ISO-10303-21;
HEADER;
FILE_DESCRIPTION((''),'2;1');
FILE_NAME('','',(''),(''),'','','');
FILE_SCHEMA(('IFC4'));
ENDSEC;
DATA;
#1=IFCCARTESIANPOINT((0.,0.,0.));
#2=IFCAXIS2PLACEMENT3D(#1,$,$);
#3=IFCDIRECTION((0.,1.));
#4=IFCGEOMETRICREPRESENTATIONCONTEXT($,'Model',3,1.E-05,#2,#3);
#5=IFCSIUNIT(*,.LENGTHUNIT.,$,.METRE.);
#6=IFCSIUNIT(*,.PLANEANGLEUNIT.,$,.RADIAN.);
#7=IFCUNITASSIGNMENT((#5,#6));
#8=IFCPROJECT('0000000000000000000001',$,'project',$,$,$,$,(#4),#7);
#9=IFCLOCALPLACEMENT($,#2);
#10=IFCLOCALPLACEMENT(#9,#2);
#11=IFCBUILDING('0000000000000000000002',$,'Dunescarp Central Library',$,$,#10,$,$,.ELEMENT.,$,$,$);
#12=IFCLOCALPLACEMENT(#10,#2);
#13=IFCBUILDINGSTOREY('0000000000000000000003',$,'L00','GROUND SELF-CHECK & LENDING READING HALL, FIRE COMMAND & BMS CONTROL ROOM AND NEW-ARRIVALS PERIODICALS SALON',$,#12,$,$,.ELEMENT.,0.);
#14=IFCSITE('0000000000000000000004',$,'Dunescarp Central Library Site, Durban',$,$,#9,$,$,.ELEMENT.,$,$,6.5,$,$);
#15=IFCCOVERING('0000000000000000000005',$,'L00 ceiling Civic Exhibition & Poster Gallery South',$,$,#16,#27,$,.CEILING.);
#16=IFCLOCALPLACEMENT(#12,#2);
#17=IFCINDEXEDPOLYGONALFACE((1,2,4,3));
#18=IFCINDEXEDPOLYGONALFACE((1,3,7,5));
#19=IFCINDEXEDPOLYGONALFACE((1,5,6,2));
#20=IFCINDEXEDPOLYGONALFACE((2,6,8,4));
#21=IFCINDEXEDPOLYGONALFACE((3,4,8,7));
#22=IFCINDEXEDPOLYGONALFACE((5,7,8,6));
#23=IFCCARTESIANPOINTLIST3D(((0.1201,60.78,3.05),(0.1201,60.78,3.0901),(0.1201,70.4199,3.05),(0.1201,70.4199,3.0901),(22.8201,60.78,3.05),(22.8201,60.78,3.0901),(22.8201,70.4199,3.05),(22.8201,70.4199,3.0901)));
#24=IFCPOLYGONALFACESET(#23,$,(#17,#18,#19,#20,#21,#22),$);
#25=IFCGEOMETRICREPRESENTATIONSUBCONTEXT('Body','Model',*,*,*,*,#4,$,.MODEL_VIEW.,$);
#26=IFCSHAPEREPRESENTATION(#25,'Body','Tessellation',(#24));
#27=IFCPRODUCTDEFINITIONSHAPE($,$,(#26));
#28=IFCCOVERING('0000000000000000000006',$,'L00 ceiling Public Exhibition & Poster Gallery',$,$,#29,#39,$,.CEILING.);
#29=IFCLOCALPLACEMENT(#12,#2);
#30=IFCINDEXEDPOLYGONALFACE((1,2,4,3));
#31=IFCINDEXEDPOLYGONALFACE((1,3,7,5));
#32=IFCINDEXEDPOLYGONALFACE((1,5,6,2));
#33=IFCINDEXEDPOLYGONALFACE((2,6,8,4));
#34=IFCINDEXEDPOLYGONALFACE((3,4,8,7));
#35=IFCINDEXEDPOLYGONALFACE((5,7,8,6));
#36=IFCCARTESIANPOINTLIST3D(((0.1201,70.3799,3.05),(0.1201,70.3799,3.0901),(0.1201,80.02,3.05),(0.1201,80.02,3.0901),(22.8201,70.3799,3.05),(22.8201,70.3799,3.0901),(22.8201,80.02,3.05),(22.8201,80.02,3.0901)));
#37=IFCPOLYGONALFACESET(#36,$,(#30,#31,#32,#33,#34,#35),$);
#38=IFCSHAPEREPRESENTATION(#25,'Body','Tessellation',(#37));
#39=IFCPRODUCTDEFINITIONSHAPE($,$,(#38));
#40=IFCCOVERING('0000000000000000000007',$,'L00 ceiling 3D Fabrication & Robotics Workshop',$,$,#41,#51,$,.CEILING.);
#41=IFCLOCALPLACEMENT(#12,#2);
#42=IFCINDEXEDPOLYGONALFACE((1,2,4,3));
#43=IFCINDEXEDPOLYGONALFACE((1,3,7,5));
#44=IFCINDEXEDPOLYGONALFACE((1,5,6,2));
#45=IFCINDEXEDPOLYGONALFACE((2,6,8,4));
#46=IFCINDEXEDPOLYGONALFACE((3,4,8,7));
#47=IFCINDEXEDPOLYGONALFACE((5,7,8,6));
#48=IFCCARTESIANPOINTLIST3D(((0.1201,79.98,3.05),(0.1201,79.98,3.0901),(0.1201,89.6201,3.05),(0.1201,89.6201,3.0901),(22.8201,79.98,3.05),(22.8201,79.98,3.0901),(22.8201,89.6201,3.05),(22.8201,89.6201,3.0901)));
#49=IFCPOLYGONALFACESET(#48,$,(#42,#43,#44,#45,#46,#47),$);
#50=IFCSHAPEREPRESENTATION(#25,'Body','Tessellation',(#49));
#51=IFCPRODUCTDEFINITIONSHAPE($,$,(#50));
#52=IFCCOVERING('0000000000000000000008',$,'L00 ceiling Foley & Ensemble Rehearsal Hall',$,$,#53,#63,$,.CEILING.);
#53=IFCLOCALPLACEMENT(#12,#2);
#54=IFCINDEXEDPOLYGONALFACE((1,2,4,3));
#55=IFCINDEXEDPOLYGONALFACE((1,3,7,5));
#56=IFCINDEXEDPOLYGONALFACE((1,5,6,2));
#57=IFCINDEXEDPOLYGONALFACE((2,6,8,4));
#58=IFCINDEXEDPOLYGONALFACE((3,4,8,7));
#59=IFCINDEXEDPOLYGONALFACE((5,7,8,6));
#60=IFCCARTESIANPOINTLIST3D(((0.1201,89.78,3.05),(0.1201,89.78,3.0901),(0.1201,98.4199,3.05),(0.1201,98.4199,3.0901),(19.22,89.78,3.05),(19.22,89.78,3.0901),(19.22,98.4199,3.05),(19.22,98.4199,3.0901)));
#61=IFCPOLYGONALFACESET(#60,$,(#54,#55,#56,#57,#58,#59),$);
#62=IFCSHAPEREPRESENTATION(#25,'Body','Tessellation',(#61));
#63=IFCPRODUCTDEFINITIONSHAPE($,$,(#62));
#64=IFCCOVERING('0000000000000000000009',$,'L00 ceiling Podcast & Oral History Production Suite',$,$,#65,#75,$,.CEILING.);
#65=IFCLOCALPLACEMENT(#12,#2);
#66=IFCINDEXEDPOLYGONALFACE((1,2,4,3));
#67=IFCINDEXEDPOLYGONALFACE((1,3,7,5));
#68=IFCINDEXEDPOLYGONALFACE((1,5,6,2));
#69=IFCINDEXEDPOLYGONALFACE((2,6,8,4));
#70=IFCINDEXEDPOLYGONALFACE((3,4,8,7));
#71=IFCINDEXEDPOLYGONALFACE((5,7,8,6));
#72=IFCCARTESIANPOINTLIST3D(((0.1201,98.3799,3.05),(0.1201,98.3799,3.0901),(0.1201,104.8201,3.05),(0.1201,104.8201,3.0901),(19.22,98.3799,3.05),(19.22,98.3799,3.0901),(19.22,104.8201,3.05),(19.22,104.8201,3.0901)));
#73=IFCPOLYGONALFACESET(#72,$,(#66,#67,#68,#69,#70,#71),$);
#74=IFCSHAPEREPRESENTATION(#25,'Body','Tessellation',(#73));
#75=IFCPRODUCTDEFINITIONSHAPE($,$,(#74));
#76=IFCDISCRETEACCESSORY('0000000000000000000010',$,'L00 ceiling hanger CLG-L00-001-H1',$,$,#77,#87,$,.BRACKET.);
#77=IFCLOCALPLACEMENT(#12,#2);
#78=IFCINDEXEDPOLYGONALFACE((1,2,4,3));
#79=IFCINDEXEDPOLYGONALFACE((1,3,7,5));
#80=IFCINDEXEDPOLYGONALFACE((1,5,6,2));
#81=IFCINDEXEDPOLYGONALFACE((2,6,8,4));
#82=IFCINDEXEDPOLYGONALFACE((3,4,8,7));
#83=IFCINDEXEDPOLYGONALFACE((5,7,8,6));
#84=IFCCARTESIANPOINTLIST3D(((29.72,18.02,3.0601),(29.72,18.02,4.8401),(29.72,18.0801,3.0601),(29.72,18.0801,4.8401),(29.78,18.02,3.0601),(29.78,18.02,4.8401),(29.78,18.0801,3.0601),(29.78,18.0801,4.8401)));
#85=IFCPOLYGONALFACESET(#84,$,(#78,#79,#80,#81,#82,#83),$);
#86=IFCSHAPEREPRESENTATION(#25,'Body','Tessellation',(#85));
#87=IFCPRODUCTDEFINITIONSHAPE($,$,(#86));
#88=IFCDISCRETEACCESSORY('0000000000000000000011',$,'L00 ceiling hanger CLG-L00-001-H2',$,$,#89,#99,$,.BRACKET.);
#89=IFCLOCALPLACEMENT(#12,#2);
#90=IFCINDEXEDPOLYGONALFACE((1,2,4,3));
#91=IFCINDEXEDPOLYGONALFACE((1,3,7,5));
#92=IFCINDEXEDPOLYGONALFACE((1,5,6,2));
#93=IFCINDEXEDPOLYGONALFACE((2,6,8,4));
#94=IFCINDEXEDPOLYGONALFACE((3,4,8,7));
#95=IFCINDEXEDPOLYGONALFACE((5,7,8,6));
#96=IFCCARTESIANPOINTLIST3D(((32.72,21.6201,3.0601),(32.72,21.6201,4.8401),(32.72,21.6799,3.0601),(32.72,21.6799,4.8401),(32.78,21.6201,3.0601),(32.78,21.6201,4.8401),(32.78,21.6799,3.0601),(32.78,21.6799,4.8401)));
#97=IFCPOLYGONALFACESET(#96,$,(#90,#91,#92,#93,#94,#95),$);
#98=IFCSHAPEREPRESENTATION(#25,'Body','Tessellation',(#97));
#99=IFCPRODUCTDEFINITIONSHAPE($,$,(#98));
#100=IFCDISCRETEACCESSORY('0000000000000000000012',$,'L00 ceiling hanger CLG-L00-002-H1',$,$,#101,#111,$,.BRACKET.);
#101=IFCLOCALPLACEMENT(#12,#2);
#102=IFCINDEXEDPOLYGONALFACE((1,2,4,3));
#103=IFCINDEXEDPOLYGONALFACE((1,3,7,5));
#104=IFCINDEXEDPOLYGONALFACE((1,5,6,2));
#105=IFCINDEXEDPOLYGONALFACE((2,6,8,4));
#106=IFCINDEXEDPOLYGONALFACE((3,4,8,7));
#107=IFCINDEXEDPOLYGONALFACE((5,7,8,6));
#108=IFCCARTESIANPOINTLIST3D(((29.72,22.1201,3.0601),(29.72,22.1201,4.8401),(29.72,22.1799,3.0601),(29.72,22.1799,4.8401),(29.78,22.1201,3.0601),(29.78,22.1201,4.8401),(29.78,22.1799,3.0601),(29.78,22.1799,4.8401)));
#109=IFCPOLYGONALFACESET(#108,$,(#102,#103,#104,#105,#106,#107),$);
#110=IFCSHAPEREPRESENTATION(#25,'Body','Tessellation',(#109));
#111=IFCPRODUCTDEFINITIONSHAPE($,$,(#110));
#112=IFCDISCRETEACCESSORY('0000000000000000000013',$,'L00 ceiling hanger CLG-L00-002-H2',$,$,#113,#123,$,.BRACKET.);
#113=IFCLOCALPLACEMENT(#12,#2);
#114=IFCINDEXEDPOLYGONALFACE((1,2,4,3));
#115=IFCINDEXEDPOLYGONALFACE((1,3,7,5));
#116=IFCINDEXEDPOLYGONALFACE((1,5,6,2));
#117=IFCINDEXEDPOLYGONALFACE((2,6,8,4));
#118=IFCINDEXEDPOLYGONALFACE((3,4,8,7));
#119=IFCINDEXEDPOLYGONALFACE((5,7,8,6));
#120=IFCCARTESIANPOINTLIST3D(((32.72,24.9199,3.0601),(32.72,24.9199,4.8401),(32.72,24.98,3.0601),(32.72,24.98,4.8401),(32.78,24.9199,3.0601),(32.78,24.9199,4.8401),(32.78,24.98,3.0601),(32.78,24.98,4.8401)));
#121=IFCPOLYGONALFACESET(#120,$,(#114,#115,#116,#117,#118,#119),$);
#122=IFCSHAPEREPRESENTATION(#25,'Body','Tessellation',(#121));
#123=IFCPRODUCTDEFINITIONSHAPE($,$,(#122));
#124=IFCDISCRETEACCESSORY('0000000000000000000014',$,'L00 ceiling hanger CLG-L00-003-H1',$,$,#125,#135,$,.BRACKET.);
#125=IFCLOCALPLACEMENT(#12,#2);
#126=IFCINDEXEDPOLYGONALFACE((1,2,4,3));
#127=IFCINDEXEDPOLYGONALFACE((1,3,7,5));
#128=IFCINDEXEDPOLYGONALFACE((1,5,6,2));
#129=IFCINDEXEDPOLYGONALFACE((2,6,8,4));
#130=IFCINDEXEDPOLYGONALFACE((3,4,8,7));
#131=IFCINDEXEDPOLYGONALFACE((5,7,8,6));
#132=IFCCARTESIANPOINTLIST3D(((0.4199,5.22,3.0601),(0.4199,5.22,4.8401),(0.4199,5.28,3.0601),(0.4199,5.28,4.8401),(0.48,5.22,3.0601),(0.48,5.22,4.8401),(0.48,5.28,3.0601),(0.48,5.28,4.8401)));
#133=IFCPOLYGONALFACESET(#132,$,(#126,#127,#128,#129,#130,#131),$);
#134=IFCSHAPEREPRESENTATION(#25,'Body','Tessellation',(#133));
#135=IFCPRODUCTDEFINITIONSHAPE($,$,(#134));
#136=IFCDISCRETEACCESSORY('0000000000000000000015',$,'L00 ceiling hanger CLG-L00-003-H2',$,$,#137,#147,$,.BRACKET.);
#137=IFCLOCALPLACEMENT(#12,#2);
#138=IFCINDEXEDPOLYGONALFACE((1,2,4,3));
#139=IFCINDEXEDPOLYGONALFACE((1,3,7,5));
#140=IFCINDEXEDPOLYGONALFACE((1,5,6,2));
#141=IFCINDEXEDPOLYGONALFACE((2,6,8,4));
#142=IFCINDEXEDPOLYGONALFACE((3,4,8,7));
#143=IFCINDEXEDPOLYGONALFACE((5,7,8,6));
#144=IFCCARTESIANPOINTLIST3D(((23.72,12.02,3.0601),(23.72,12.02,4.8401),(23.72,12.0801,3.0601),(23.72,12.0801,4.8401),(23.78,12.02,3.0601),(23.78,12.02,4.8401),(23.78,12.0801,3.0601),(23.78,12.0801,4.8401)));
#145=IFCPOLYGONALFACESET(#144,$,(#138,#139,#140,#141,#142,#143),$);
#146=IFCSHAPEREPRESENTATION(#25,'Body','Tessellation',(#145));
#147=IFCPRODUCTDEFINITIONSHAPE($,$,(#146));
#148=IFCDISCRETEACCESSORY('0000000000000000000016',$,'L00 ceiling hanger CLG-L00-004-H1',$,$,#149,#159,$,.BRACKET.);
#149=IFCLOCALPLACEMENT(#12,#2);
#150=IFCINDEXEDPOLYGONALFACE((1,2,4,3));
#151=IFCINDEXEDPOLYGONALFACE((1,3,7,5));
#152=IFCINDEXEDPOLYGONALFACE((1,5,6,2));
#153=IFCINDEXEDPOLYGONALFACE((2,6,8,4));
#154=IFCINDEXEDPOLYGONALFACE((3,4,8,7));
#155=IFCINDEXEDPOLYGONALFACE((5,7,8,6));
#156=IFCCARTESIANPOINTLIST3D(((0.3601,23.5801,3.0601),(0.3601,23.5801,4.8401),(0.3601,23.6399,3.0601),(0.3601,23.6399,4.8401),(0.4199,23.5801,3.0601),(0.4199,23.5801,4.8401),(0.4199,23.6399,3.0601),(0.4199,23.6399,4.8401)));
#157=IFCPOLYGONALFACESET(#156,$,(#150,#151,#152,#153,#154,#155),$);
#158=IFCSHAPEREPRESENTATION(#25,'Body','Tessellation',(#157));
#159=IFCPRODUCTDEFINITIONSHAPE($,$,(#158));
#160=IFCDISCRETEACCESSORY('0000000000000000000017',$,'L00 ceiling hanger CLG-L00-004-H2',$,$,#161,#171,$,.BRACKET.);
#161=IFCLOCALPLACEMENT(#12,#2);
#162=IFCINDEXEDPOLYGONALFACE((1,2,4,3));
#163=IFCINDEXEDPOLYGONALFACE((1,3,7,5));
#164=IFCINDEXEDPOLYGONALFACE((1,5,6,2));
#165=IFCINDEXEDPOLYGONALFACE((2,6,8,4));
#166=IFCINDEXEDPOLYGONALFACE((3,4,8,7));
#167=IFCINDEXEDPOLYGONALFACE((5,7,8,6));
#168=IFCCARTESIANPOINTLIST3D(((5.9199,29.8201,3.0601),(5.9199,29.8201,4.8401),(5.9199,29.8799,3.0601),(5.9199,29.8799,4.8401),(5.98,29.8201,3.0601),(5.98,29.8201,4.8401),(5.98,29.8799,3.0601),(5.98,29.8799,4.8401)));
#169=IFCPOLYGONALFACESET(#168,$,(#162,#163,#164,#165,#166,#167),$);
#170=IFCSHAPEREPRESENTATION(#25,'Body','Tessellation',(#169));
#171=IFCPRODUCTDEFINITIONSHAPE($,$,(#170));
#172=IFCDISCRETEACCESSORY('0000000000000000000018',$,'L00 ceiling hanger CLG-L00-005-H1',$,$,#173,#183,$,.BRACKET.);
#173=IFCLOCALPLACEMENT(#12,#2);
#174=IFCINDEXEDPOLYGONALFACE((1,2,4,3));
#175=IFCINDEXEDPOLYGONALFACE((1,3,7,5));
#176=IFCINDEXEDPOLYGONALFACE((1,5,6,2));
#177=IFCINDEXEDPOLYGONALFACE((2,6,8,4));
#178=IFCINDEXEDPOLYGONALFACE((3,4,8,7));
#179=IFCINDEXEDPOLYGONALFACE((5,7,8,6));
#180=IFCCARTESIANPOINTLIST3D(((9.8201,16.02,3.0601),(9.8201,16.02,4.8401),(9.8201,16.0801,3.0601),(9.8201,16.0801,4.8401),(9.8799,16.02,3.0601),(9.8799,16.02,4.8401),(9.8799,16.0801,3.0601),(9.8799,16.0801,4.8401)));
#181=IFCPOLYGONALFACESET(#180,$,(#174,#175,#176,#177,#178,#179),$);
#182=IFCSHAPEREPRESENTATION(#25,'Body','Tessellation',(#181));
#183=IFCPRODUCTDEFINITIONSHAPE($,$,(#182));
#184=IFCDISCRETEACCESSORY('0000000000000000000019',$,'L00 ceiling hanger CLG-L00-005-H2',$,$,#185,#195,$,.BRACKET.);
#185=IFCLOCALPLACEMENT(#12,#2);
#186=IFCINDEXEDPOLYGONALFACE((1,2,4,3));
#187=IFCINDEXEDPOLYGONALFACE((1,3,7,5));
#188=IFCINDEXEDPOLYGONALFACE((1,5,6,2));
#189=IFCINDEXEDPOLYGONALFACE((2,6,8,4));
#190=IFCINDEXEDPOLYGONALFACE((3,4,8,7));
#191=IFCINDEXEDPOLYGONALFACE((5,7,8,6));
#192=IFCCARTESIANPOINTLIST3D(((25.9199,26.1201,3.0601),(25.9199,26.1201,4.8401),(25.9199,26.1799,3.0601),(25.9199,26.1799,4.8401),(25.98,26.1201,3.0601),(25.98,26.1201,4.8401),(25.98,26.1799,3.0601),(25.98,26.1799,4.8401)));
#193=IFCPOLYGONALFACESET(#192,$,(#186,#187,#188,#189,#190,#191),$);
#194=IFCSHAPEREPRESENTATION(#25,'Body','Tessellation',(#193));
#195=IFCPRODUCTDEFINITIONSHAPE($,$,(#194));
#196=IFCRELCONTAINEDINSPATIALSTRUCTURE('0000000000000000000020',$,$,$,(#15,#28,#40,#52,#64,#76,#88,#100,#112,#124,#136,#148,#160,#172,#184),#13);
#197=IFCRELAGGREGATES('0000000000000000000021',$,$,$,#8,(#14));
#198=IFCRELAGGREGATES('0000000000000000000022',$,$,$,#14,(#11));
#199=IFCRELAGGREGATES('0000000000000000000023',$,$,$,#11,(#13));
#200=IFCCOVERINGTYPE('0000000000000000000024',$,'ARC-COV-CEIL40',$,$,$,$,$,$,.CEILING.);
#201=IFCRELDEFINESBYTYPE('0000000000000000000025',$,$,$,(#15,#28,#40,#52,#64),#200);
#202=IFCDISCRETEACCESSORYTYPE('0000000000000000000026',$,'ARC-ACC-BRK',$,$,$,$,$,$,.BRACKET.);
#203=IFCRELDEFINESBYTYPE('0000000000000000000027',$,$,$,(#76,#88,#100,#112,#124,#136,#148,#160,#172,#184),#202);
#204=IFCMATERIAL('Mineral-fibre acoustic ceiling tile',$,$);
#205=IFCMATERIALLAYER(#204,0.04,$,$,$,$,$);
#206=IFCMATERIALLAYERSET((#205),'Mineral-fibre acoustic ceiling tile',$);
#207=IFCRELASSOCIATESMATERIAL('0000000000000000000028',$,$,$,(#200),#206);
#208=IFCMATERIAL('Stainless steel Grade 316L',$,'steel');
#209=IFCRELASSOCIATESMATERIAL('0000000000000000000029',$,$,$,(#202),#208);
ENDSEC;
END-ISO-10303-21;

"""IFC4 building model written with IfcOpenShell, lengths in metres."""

from ifc_helpers import new_model, si_unit, direction, frame, origin, place, context, subcontext, project, spatial, polyline, outline, extrude, material, layer, layer_set, type_object, element, save


model = new_model("IFC4")

# Units and contexts
model_context = context("Model", 3, precision=1e-05, world=origin(), true_north=direction((0.0, 1.0)))
body_context = subcontext(model_context, "Body", "Model", "MODEL_VIEW")
ifc_project = project(units=[si_unit("LENGTHUNIT", "METRE"), si_unit("PLANEANGLEUNIT", "RADIAN")], contexts=[model_context])

# Site, building, storey
site_placement = place(None, origin())
site = spatial("IfcSite", under=ifc_project, at=site_placement, Name="Dunescarp Central Library Site, Durban", CompositionType="ELEMENT", RefElevation=6.5)
building_placement = place(site_placement, origin())
building = spatial("IfcBuilding", under=site, at=building_placement, Name="Dunescarp Central Library", CompositionType="ELEMENT")
storey_placement = place(building_placement, origin())
storey = spatial("IfcBuildingStorey", under=building, at=storey_placement, Name="L00", Description="GROUND SELF-CHECK & LENDING READING HALL, FIRE COMMAND & BMS CONTROL ROOM AND NEW-ARRIVALS PERIODICALS SALON", CompositionType="ELEMENT", Elevation=0.0)

# Coverings
ifc_material_1 = material(Name="Mineral-fibre acoustic ceiling tile")
ifc_layer = layer(ifc_material_1, 0.04)
ifc_layer_set = layer_set([ifc_layer], Name="Mineral-fibre acoustic ceiling tile")
covering_type = type_object("IfcCoveringType", Name="ARC-COV-CEIL40", PredefinedType="CEILING", material=ifc_layer_set)
covering_1_placement = place(storey_placement, frame((0.0, 0.0, 3.05)))
element("IfcCovering", 1, at=covering_1_placement, inside=storey, type_object=covering_type, Name="L00 ceiling Civic Exhibition & Poster Gallery South", PredefinedType="CEILING", context=body_context, shape_type="SweptSolid", body=[
    extrude(outline(polyline([(0.1201, 60.78), (22.8201, 60.78), (22.8201, 70.4199), (0.1201, 70.4199), (0.1201, 60.78)])), origin(), (0.0, 0.0, 1.0), 0.04),
])
covering_2_placement = place(storey_placement, frame((0.0, 0.0, 3.05)))
element("IfcCovering", 2, at=covering_2_placement, inside=storey, type_object=covering_type, Name="L00 ceiling Public Exhibition & Poster Gallery", PredefinedType="CEILING", context=body_context, shape_type="SweptSolid", body=[
    extrude(outline(polyline([(0.1201, 70.3799), (22.8201, 70.3799), (22.8201, 80.02), (0.1201, 80.02), (0.1201, 70.3799)])), origin(), (0.0, 0.0, 1.0), 0.04),
])
covering_3_placement = place(storey_placement, frame((0.0, 0.0, 3.05)))
element("IfcCovering", 3, at=covering_3_placement, inside=storey, type_object=covering_type, Name="L00 ceiling 3D Fabrication & Robotics Workshop", PredefinedType="CEILING", context=body_context, shape_type="SweptSolid", body=[
    extrude(outline(polyline([(0.1201, 79.98), (22.8201, 79.98), (22.8201, 89.6201), (0.1201, 89.6201), (0.1201, 79.98)])), origin(), (0.0, 0.0, 1.0), 0.04),
])
covering_4_placement = place(storey_placement, frame((0.0, 0.0, 3.05)))
element("IfcCovering", 4, at=covering_4_placement, inside=storey, type_object=covering_type, Name="L00 ceiling Foley & Ensemble Rehearsal Hall", PredefinedType="CEILING", context=body_context, shape_type="SweptSolid", body=[
    extrude(outline(polyline([(0.1201, 89.78), (19.22, 89.78), (19.22, 98.4199), (0.1201, 98.4199), (0.1201, 89.78)])), origin(), (0.0, 0.0, 1.0), 0.04),
])
covering_5_placement = place(storey_placement, frame((0.0, 0.0, 3.05)))
element("IfcCovering", 5, at=covering_5_placement, inside=storey, type_object=covering_type, Name="L00 ceiling Podcast & Oral History Production Suite", PredefinedType="CEILING", context=body_context, shape_type="SweptSolid", body=[
    extrude(outline(polyline([(0.1201, 98.3799), (19.22, 98.3799), (19.22, 104.8201), (0.1201, 104.8201), (0.1201, 98.3799)])), origin(), (0.0, 0.0, 1.0), 0.04),
])

# Discrete accessories
ifc_material_2 = material(Name="Stainless steel Grade 316L", Category="steel")
discrete_accessory_type = type_object("IfcDiscreteAccessoryType", Name="ARC-ACC-BRK", PredefinedType="BRACKET", material=ifc_material_2)
discrete_accessory_1_placement = place(storey_placement, frame((0.0, 0.0, 3.0601)))
element("IfcDiscreteAccessory", 6, at=discrete_accessory_1_placement, inside=storey, type_object=discrete_accessory_type, Name="L00 ceiling hanger CLG-L00-001-H1", PredefinedType="BRACKET", context=body_context, shape_type="SweptSolid", body=[
    extrude(outline(polyline([(29.72, 18.02), (29.78, 18.02), (29.78, 18.0801), (29.72, 18.0801), (29.72, 18.02)])), origin(), (0.0, 0.0, 1.0), 1.78),
])
discrete_accessory_2_placement = place(storey_placement, frame((0.0, 0.0, 3.0601)))
element("IfcDiscreteAccessory", 7, at=discrete_accessory_2_placement, inside=storey, type_object=discrete_accessory_type, Name="L00 ceiling hanger CLG-L00-001-H2", PredefinedType="BRACKET", context=body_context, shape_type="SweptSolid", body=[
    extrude(outline(polyline([(32.72, 21.6201), (32.78, 21.6201), (32.78, 21.6799), (32.72, 21.6799), (32.72, 21.6201)])), origin(), (0.0, 0.0, 1.0), 1.78),
])
discrete_accessory_3_placement = place(storey_placement, frame((0.0, 0.0, 3.0601)))
element("IfcDiscreteAccessory", 8, at=discrete_accessory_3_placement, inside=storey, type_object=discrete_accessory_type, Name="L00 ceiling hanger CLG-L00-002-H1", PredefinedType="BRACKET", context=body_context, shape_type="SweptSolid", body=[
    extrude(outline(polyline([(29.72, 22.1201), (29.78, 22.1201), (29.78, 22.1799), (29.72, 22.1799), (29.72, 22.1201)])), origin(), (0.0, 0.0, 1.0), 1.78),
])
discrete_accessory_4_placement = place(storey_placement, frame((0.0, 0.0, 3.0601)))
element("IfcDiscreteAccessory", 9, at=discrete_accessory_4_placement, inside=storey, type_object=discrete_accessory_type, Name="L00 ceiling hanger CLG-L00-002-H2", PredefinedType="BRACKET", context=body_context, shape_type="SweptSolid", body=[
    extrude(outline(polyline([(32.72, 24.9199), (32.78, 24.9199), (32.78, 24.98), (32.72, 24.98), (32.72, 24.9199)])), origin(), (0.0, 0.0, 1.0), 1.78),
])
discrete_accessory_5_placement = place(storey_placement, frame((0.0, 0.0, 3.0601)))
element("IfcDiscreteAccessory", 10, at=discrete_accessory_5_placement, inside=storey, type_object=discrete_accessory_type, Name="L00 ceiling hanger CLG-L00-003-H1", PredefinedType="BRACKET", context=body_context, shape_type="SweptSolid", body=[
    extrude(outline(polyline([(0.4199, 5.22), (0.48, 5.22), (0.48, 5.28), (0.4199, 5.28), (0.4199, 5.22)])), origin(), (0.0, 0.0, 1.0), 1.78),
])
discrete_accessory_6_placement = place(storey_placement, frame((0.0, 0.0, 3.0601)))
element("IfcDiscreteAccessory", 11, at=discrete_accessory_6_placement, inside=storey, type_object=discrete_accessory_type, Name="L00 ceiling hanger CLG-L00-003-H2", PredefinedType="BRACKET", context=body_context, shape_type="SweptSolid", body=[
    extrude(outline(polyline([(23.72, 12.02), (23.78, 12.02), (23.78, 12.0801), (23.72, 12.0801), (23.72, 12.02)])), origin(), (0.0, 0.0, 1.0), 1.78),
])
discrete_accessory_7_placement = place(storey_placement, frame((0.0, 0.0, 3.0601)))
element("IfcDiscreteAccessory", 12, at=discrete_accessory_7_placement, inside=storey, type_object=discrete_accessory_type, Name="L00 ceiling hanger CLG-L00-004-H1", PredefinedType="BRACKET", context=body_context, shape_type="SweptSolid", body=[
    extrude(outline(polyline([(0.3601, 23.5801), (0.4199, 23.5801), (0.4199, 23.6399), (0.3601, 23.6399), (0.3601, 23.5801)])), origin(), (0.0, 0.0, 1.0), 1.78),
])
discrete_accessory_8_placement = place(storey_placement, frame((0.0, 0.0, 3.0601)))
element("IfcDiscreteAccessory", 13, at=discrete_accessory_8_placement, inside=storey, type_object=discrete_accessory_type, Name="L00 ceiling hanger CLG-L00-004-H2", PredefinedType="BRACKET", context=body_context, shape_type="SweptSolid", body=[
    extrude(outline(polyline([(5.9199, 29.8201), (5.98, 29.8201), (5.98, 29.8799), (5.9199, 29.8799), (5.9199, 29.8201)])), origin(), (0.0, 0.0, 1.0), 1.78),
])
discrete_accessory_9_placement = place(storey_placement, frame((0.0, 0.0, 3.0601)))
element("IfcDiscreteAccessory", 14, at=discrete_accessory_9_placement, inside=storey, type_object=discrete_accessory_type, Name="L00 ceiling hanger CLG-L00-005-H1", PredefinedType="BRACKET", context=body_context, shape_type="SweptSolid", body=[
    extrude(outline(polyline([(9.8201, 16.02), (9.8799, 16.02), (9.8799, 16.0801), (9.8201, 16.0801), (9.8201, 16.02)])), origin(), (0.0, 0.0, 1.0), 1.78),
])
discrete_accessory_10_placement = place(storey_placement, frame((0.0, 0.0, 3.0601)))
element("IfcDiscreteAccessory", 15, at=discrete_accessory_10_placement, inside=storey, type_object=discrete_accessory_type, Name="L00 ceiling hanger CLG-L00-005-H2", PredefinedType="BRACKET", context=body_context, shape_type="SweptSolid", body=[
    extrude(outline(polyline([(25.9199, 26.1201), (25.98, 26.1201), (25.98, 26.1799), (25.9199, 26.1799), (25.9199, 26.1201)])), origin(), (0.0, 0.0, 1.0), 1.78),
])

save(model, "model.ifc")
